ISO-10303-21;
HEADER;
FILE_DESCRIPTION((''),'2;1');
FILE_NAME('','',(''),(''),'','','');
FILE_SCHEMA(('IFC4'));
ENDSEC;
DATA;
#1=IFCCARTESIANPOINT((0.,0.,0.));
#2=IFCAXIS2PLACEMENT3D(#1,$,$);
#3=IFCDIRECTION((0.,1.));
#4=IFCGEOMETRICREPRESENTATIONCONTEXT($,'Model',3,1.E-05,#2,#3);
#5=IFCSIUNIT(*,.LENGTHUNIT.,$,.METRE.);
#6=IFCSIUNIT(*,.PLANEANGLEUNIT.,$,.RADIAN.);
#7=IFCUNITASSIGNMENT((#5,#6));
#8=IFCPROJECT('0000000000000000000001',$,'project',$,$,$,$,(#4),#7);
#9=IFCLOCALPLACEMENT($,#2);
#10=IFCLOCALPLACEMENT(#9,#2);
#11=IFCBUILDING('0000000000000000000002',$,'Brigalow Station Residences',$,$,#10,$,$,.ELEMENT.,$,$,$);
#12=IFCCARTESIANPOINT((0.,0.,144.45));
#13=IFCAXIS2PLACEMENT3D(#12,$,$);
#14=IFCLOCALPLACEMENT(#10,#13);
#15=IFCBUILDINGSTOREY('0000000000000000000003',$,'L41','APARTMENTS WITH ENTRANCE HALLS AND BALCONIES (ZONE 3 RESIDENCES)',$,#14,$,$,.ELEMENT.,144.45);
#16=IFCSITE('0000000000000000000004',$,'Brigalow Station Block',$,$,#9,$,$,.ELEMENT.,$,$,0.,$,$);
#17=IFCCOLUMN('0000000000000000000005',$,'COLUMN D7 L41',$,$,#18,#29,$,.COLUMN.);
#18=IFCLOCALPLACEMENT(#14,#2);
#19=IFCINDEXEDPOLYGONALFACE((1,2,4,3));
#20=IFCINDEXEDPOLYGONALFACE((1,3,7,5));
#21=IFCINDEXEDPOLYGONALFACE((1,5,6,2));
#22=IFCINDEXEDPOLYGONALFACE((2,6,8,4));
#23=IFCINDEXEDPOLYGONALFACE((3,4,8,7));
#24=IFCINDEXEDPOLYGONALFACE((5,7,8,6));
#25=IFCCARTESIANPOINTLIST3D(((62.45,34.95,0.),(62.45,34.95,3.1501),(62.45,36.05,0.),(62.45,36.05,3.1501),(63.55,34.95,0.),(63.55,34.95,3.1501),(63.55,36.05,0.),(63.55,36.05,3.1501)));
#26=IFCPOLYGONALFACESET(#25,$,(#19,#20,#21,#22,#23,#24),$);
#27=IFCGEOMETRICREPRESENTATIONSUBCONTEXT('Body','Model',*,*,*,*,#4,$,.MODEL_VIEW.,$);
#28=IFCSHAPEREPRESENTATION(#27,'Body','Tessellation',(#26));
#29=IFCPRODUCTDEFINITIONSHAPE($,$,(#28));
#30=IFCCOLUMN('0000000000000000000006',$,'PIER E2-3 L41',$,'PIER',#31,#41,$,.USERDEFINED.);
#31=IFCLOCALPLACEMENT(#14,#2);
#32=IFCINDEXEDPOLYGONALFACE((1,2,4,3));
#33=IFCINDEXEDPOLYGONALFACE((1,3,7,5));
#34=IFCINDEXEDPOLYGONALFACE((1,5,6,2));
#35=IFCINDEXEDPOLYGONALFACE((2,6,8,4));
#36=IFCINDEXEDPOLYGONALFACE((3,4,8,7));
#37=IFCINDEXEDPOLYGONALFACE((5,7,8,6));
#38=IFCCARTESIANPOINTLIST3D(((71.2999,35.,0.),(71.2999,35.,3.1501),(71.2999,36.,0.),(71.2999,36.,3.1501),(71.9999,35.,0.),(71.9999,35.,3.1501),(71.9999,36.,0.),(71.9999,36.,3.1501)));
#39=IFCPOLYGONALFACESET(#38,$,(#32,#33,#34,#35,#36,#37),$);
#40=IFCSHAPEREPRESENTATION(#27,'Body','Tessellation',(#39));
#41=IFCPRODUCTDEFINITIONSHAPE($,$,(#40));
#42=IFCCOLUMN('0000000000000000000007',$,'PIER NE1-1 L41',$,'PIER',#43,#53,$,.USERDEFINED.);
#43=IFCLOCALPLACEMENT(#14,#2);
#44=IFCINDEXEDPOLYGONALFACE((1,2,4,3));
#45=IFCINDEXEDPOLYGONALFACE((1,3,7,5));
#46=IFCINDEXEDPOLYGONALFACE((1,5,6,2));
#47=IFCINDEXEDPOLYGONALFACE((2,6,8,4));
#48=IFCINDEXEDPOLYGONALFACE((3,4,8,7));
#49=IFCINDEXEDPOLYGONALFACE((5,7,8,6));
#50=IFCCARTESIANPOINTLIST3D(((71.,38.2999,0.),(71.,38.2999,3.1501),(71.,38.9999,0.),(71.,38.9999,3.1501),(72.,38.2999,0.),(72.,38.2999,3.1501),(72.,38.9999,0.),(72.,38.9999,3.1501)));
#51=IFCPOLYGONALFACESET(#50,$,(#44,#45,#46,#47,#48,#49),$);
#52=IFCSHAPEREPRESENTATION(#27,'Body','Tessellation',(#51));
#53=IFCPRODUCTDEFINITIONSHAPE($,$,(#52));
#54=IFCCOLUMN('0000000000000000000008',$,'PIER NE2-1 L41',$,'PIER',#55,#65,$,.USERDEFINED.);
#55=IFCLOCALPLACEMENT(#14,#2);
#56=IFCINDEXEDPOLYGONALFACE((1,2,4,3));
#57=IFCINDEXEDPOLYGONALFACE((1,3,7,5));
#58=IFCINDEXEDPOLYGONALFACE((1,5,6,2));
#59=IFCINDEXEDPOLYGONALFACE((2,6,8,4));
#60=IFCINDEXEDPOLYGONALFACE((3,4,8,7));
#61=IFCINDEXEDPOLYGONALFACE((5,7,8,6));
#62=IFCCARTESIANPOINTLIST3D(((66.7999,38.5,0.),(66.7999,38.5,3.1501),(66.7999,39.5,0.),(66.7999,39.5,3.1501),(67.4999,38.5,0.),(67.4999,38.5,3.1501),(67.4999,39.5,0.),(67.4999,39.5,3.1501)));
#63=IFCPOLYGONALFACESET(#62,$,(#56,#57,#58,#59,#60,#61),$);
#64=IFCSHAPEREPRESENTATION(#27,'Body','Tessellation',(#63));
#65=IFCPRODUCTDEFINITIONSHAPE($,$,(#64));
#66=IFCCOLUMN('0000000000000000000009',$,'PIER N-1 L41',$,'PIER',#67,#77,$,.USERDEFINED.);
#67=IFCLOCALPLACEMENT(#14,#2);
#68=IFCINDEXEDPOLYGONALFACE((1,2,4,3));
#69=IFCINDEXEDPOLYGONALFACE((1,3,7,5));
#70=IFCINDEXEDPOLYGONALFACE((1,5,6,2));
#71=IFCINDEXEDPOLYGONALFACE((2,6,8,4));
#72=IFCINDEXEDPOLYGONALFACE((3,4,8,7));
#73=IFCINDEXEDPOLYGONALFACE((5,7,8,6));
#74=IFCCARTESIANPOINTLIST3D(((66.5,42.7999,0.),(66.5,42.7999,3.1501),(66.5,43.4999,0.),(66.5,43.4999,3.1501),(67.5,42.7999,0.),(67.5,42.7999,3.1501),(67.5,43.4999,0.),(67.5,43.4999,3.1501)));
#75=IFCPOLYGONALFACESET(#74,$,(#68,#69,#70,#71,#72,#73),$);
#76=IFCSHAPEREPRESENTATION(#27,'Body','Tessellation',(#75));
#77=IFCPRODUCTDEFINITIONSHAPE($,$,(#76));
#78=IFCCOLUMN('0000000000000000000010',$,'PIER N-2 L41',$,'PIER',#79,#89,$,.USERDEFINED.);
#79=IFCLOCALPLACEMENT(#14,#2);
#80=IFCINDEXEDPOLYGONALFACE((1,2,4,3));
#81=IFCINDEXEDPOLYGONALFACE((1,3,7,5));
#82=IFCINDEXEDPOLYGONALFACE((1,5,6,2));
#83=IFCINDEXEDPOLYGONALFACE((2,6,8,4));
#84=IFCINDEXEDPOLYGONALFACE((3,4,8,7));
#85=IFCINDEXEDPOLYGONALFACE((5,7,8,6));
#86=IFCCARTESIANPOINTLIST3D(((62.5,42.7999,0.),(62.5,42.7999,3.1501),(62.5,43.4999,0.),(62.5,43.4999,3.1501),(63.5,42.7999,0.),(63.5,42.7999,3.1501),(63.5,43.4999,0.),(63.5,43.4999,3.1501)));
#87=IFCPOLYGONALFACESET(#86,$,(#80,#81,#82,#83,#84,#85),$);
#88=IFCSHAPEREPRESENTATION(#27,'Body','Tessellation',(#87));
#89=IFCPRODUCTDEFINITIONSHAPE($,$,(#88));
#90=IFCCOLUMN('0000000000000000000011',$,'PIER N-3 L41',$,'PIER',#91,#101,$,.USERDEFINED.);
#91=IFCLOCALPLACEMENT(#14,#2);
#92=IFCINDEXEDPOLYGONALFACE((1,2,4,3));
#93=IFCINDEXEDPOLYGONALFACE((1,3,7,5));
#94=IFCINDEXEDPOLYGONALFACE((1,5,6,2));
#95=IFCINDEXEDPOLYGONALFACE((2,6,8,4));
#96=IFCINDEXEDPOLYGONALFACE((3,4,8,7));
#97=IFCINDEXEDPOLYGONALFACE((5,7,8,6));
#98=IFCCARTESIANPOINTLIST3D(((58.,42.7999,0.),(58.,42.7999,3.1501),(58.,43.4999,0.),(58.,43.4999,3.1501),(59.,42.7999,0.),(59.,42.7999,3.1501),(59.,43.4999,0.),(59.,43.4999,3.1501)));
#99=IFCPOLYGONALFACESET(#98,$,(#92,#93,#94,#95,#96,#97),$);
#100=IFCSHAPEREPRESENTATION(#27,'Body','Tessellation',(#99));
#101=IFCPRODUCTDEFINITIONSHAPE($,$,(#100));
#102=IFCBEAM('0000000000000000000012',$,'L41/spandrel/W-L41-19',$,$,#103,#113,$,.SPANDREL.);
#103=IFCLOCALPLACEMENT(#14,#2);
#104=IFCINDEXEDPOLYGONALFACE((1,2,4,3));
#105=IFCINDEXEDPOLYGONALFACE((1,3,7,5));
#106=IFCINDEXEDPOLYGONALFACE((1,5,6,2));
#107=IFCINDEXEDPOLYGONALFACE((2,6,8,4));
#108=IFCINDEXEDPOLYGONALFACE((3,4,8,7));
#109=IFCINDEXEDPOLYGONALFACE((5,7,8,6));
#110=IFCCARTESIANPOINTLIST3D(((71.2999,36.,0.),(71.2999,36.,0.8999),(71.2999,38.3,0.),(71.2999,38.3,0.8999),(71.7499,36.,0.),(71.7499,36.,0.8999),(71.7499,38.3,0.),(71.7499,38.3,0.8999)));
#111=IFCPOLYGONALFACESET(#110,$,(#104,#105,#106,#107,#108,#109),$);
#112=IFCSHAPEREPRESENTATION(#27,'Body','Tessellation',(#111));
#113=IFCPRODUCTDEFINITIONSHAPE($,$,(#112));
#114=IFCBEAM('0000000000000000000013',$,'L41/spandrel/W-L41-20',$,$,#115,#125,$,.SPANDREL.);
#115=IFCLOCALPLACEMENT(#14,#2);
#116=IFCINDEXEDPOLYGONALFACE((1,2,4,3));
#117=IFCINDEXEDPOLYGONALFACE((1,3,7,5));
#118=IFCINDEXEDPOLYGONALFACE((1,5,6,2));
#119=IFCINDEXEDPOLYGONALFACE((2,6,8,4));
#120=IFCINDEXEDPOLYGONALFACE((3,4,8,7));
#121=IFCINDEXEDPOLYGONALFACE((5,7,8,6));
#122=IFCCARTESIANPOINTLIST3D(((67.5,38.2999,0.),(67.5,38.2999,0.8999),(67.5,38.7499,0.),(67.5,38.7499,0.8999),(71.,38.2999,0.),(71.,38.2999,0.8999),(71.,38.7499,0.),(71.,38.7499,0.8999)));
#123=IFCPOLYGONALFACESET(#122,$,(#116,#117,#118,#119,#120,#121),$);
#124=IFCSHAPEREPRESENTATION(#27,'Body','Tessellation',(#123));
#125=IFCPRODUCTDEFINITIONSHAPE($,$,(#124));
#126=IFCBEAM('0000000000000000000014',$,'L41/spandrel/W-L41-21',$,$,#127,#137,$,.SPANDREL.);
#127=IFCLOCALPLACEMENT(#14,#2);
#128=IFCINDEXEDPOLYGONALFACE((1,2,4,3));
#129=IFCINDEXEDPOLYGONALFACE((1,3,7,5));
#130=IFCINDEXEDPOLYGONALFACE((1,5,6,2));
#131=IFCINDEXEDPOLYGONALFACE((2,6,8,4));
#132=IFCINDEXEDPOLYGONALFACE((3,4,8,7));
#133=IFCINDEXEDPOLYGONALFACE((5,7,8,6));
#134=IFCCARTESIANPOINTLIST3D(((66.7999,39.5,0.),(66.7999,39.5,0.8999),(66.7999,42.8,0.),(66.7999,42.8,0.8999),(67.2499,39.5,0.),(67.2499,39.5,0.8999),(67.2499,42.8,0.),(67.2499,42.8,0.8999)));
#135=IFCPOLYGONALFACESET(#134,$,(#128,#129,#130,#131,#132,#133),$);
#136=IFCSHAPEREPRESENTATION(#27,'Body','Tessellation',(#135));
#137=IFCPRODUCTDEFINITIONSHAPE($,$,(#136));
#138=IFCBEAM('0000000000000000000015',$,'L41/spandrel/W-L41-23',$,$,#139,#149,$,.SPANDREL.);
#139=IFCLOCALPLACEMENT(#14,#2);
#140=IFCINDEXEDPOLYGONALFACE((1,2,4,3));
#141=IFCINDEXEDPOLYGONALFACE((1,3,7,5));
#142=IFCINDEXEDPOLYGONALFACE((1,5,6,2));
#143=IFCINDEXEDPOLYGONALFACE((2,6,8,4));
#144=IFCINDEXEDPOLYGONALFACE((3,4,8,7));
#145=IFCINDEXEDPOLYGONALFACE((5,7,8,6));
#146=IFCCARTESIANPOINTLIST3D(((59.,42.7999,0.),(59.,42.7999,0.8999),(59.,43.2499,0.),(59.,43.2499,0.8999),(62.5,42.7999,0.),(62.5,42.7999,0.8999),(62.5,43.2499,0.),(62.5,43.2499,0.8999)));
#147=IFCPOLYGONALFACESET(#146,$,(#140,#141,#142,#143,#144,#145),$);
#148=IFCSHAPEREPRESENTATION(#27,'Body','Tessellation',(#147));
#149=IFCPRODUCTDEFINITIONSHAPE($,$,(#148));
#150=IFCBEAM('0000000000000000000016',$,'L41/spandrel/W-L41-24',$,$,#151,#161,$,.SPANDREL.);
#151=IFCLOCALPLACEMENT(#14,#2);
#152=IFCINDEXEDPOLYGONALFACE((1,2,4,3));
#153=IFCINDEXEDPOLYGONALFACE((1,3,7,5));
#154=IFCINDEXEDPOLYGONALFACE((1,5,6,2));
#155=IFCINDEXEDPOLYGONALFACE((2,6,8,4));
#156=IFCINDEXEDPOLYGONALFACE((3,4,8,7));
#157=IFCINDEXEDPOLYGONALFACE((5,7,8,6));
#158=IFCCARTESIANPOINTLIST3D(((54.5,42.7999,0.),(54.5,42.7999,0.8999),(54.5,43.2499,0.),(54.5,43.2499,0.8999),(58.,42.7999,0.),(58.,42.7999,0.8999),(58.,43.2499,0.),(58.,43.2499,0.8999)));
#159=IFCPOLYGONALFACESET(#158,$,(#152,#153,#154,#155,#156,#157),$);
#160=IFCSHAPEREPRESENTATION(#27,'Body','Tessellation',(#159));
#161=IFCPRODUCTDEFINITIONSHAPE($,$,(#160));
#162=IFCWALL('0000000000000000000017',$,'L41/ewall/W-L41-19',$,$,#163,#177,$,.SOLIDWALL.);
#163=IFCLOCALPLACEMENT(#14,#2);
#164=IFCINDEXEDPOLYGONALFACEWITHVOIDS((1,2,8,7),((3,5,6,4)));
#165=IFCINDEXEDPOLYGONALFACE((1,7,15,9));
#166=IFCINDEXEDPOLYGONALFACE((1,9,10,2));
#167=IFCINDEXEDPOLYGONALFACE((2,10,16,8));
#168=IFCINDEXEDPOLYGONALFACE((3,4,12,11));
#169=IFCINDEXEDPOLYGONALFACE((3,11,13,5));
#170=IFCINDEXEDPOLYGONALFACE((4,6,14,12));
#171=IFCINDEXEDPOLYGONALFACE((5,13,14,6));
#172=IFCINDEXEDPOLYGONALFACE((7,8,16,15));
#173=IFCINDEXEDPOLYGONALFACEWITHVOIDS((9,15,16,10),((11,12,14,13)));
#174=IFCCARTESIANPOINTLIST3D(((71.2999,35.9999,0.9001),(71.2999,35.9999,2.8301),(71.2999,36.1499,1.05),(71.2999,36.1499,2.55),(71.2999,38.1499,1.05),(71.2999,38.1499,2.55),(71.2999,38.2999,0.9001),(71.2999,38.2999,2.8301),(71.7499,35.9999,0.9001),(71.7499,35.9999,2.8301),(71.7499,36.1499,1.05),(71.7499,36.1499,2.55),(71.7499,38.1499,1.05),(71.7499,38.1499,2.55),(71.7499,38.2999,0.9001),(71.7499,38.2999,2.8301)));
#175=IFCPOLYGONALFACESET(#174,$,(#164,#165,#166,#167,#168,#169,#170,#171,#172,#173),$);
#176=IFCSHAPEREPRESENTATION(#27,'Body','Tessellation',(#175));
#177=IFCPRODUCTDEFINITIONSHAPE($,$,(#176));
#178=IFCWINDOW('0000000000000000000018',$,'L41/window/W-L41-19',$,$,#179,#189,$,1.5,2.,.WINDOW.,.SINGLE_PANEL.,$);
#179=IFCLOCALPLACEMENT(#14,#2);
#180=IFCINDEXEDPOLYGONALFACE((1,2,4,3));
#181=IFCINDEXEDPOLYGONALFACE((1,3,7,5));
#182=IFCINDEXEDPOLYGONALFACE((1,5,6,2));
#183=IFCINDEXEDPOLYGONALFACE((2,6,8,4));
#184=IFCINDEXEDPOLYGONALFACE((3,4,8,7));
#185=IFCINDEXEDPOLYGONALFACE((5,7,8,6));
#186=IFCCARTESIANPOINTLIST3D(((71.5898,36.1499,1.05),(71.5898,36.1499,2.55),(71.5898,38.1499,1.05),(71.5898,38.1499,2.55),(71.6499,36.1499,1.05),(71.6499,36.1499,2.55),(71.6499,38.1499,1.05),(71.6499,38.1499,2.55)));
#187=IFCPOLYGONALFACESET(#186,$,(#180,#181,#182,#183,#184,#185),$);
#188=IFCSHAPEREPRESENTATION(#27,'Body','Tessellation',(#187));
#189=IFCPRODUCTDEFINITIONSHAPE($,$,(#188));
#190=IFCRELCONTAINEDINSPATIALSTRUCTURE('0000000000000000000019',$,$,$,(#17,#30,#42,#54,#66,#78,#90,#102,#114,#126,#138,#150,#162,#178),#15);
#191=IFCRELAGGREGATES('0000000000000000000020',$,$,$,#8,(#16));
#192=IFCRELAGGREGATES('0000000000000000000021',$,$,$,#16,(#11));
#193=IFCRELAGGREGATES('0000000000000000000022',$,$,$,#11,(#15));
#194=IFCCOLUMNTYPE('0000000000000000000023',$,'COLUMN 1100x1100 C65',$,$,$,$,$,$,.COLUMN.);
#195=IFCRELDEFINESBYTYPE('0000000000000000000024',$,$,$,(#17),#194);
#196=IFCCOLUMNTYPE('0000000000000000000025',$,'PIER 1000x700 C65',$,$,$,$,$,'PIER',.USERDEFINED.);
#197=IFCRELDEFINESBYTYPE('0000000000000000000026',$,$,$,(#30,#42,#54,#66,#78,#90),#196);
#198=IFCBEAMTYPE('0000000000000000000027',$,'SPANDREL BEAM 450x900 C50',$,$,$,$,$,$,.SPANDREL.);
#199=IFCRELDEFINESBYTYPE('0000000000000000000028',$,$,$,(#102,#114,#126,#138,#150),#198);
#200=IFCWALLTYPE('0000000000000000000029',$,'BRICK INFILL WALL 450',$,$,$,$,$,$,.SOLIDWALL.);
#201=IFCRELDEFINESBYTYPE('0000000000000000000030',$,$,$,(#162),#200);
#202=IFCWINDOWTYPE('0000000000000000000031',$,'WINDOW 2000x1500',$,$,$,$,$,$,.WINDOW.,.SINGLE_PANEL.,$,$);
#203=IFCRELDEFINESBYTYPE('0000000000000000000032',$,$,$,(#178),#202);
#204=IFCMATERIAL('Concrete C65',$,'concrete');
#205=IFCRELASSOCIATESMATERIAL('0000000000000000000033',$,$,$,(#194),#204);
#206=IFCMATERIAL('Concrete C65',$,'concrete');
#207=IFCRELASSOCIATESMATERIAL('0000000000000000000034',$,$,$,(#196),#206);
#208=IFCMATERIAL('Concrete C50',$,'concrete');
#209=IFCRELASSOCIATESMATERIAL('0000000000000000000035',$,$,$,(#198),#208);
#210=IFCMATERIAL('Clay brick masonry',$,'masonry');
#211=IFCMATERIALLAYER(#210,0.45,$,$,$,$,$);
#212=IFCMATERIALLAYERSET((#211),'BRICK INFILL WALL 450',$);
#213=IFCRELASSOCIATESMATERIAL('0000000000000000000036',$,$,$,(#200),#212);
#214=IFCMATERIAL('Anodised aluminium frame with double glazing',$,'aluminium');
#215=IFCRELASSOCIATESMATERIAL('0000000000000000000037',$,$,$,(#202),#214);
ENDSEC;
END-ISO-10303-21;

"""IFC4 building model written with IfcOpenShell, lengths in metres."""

from ifc_helpers import new_model, si_unit, direction, frame, frame_2d, origin, origin_2d, place, context, subcontext, project, spatial, rectangle, extrude, material, layer, layer_set, material_profile, profile_set, type_object, element, fill, save


model = new_model("IFC4")

# Units and contexts
model_context = context("Model", 3, precision=1e-05, world=origin(), true_north=direction((0.0, 1.0)))
body_context = subcontext(model_context, "Body", "Model", "MODEL_VIEW")
ifc_project = project(units=[si_unit("LENGTHUNIT", "METRE"), si_unit("PLANEANGLEUNIT", "RADIAN")], contexts=[model_context])

# Site, building, storey
site_placement = place(None, origin())
site = spatial("IfcSite", under=ifc_project, at=site_placement, Name="Brigalow Station Block", CompositionType="ELEMENT", RefElevation=0.0)
building_placement = place(site_placement, origin())
building = spatial("IfcBuilding", under=site, at=building_placement, Name="Brigalow Station Residences", CompositionType="ELEMENT")
storey_placement = place(building_placement, frame((0.0, 0.0, 144.45)))
storey = spatial("IfcBuildingStorey", under=building, at=storey_placement, Name="L41", Description="APARTMENTS WITH ENTRANCE HALLS AND BALCONIES (ZONE 3 RESIDENCES)", CompositionType="ELEMENT", Elevation=144.45)

# Columns
ifc_material_1 = material(Name="Concrete C65", Category="concrete")
ifc_material_profile_1 = material_profile(ifc_material_1, rectangle(XDim=1.1001, YDim=1.1001, at=origin_2d()), Name="RC1100x1100")
ifc_profile_set_1 = profile_set([ifc_material_profile_1], Name="Concrete C65")
column_type_1 = type_object("IfcColumnType", Name="COLUMN 1100x1100 C65", PredefinedType="COLUMN", material=ifc_profile_set_1)
column_placement = place(storey_placement, frame((63.0, 35.5, 0.0), z_axis=(0.0, 0.0, 1.0), x_axis=(1.0, 0.0, 0.0)))
element("IfcColumn", 1, at=column_placement, inside=storey, type_object=column_type_1, Name="COLUMN D7 L41", PredefinedType="COLUMN", context=body_context, shape_type="SweptSolid", body=[
    extrude(rectangle(XDim=1.1001, YDim=1.1001, at=origin_2d()), origin(), (0.0, 0.0, 1.0), 3.1501),
])
ifc_material_2 = material(Name="Concrete C65", Category="concrete")
ifc_material_profile_2 = material_profile(ifc_material_2, rectangle(XDim=1.0, YDim=0.7, at=origin_2d()), Name="RC1000x700")
ifc_profile_set_2 = profile_set([ifc_material_profile_2], Name="Concrete C65")
column_type_2 = type_object("IfcColumnType", Name="PIER 1000x700 C65", ElementType="PIER", PredefinedType="USERDEFINED", material=ifc_profile_set_2)
for number, where, z_axis, x_axis, name in (
    (2, (71.6499, 35.5, 0.0), (0.0, 0.0, 1.0), (0.0, 1.0, 0.0), "PIER E2-3 L41"),
    (3, (71.5, 38.6499, 0.0), (0.0, 0.0, 1.0), (-1.0, 0.0, 0.0), "PIER NE1-1 L41"),
    (4, (67.1499, 39.0, 0.0), (0.0, 0.0, 1.0), (0.0, 1.0, 0.0), "PIER NE2-1 L41"),
    (5, (67.0, 43.1499, 0.0), (0.0, 0.0, 1.0), (-1.0, 0.0, 0.0), "PIER N-1 L41"),
    (6, (63.0, 43.1499, 0.0), (0.0, 0.0, 1.0), (-1.0, 0.0, 0.0), "PIER N-2 L41"),
    (7, (58.5, 43.1499, 0.0), (0.0, 0.0, 1.0), (-1.0, 0.0, 0.0), "PIER N-3 L41"),
):
    element("IfcColumn", number, at=place(storey_placement, frame(where, z_axis=z_axis, x_axis=x_axis)), inside=storey, type_object=column_type_2, Name=name, ObjectType="PIER", PredefinedType="USERDEFINED", context=body_context, shape_type="SweptSolid", body=[
        extrude(rectangle(XDim=1.0, YDim=0.7, at=origin_2d()), origin(), (0.0, 0.0, 1.0), 3.1501),
    ])

# Beams
ifc_material_3 = material(Name="Concrete C50", Category="concrete")
ifc_material_profile_3 = material_profile(ifc_material_3, rectangle(XDim=0.45, YDim=0.8999, at=origin_2d()), Name="RC450x900")
ifc_profile_set_3 = profile_set([ifc_material_profile_3], Name="Concrete C50")
beam_type = type_object("IfcBeamType", Name="SPANDREL BEAM 450x900 C50", PredefinedType="SPANDREL", material=ifc_profile_set_3)
beam_1_placement = place(storey_placement, frame((71.5249, 36.0, 0.45), z_axis=(0.0, 1.0, 0.0), x_axis=(-1.0, 0.0, 0.0)))
element("IfcBeam", 8, at=beam_1_placement, inside=storey, type_object=beam_type, Name="L41/spandrel/W-L41-19", PredefinedType="SPANDREL", context=body_context, shape_type="SweptSolid", body=[
    extrude(rectangle(XDim=0.45, YDim=0.8999, at=origin_2d()), origin(), (0.0, 0.0, 1.0), 2.3),
])
beam_2_placement = place(storey_placement, frame((71.0, 38.5249, 0.45), z_axis=(-1.0, 0.0, 0.0), x_axis=(0.0, -1.0, 0.0)))
element("IfcBeam", 9, at=beam_2_placement, inside=storey, type_object=beam_type, Name="L41/spandrel/W-L41-20", PredefinedType="SPANDREL", context=body_context, shape_type="SweptSolid", body=[
    extrude(rectangle(XDim=0.45, YDim=0.8999, at=origin_2d()), origin(), (0.0, 0.0, 1.0), 3.5),
])
beam_3_placement = place(storey_placement, frame((67.0249, 39.5, 0.45), z_axis=(0.0, 1.0, 0.0), x_axis=(-1.0, 0.0, 0.0)))
element("IfcBeam", 10, at=beam_3_placement, inside=storey, type_object=beam_type, Name="L41/spandrel/W-L41-21", PredefinedType="SPANDREL", context=body_context, shape_type="SweptSolid", body=[
    extrude(rectangle(XDim=0.45, YDim=0.8999, at=origin_2d()), origin(), (0.0, 0.0, 1.0), 3.3),
])
for number, where, z_axis, x_axis, name in (
    (11, (62.5, 43.0249, 0.45), (-1.0, 0.0, 0.0), (0.0, -1.0, 0.0), "L41/spandrel/W-L41-23"),
    (12, (58.0, 43.0249, 0.45), (-1.0, 0.0, 0.0), (0.0, -1.0, 0.0), "L41/spandrel/W-L41-24"),
):
    element("IfcBeam", number, at=place(storey_placement, frame(where, z_axis=z_axis, x_axis=x_axis)), inside=storey, type_object=beam_type, Name=name, PredefinedType="SPANDREL", context=body_context, shape_type="SweptSolid", body=[
        extrude(rectangle(XDim=0.45, YDim=0.8999, at=origin_2d()), origin(), (0.0, 0.0, 1.0), 3.5),
    ])

# Wall, opening, window
ifc_material_4 = material(Name="Clay brick masonry", Category="masonry")
ifc_layer_1 = layer(ifc_material_4, 0.45)
ifc_layer_set_1 = layer_set([ifc_layer_1], Name="BRICK INFILL WALL 450")
wall_type_1 = type_object("IfcWallType", Name="BRICK INFILL WALL 450", PredefinedType="SOLIDWALL", material=ifc_layer_set_1)
wall_1_placement = place(storey_placement, frame((71.5249, 36.0, 0.9001), z_axis=(0.0, 0.0, 1.0), x_axis=(0.0, 1.0, 0.0)))
wall_1 = element("IfcWall", 13, at=wall_1_placement, inside=storey, type_object=wall_type_1, Name="L41/ewall/W-L41-19", PredefinedType="SOLIDWALL", context=body_context, shape_type="SweptSolid", body=[
    extrude(rectangle(XDim=2.3, YDim=0.45, at=frame_2d((1.1499, 0.0))), origin(), (0.0, 0.0, 1.0), 1.9299),
])
opening_1_placement = place(wall_1_placement, frame((0.1499, 0.0, 0.1499)))
opening_1 = element("IfcOpeningElement", 14, at=opening_1_placement, cuts=wall_1, PredefinedType="OPENING", context=body_context, shape_type="SweptSolid", body=[
    extrude(rectangle(XDim=2.0, YDim=1.5, at=frame_2d((1.0, 0.75))), frame((0.0, 0.2349, 0.0), z_axis=(0.0, -1.0, 0.0), x_axis=(1.0, 0.0, 0.0)), (0.0, 0.0, 1.0), 0.47),
])
ifc_material_5 = material(Name="Anodised aluminium frame with double glazing", Category="aluminium")
window_type_1 = type_object("IfcWindowType", Name="WINDOW 2000x1500", PartitioningType="SINGLE_PANEL", PredefinedType="WINDOW", material=ifc_material_5)
window_1_placement = place(opening_1_placement, origin())
window_1 = element("IfcWindow", 15, at=window_1_placement, inside=storey, type_object=window_type_1, Name="L41/window/W-L41-19", OverallHeight=1.5, OverallWidth=2.0, PartitioningType="SINGLE_PANEL", PredefinedType="WINDOW", context=body_context, shape_type="SweptSolid", body=[
    extrude(rectangle(XDim=2.0, YDim=1.5, at=frame_2d((1.0, 0.75))), frame((0.0, -0.0649, 0.0), z_axis=(0.0, -1.0, 0.0), x_axis=(1.0, 0.0, 0.0)), (0.0, 0.0, 1.0), 0.0601),
])
fill(opening_1, window_1)

save(model, "model.ifc")
